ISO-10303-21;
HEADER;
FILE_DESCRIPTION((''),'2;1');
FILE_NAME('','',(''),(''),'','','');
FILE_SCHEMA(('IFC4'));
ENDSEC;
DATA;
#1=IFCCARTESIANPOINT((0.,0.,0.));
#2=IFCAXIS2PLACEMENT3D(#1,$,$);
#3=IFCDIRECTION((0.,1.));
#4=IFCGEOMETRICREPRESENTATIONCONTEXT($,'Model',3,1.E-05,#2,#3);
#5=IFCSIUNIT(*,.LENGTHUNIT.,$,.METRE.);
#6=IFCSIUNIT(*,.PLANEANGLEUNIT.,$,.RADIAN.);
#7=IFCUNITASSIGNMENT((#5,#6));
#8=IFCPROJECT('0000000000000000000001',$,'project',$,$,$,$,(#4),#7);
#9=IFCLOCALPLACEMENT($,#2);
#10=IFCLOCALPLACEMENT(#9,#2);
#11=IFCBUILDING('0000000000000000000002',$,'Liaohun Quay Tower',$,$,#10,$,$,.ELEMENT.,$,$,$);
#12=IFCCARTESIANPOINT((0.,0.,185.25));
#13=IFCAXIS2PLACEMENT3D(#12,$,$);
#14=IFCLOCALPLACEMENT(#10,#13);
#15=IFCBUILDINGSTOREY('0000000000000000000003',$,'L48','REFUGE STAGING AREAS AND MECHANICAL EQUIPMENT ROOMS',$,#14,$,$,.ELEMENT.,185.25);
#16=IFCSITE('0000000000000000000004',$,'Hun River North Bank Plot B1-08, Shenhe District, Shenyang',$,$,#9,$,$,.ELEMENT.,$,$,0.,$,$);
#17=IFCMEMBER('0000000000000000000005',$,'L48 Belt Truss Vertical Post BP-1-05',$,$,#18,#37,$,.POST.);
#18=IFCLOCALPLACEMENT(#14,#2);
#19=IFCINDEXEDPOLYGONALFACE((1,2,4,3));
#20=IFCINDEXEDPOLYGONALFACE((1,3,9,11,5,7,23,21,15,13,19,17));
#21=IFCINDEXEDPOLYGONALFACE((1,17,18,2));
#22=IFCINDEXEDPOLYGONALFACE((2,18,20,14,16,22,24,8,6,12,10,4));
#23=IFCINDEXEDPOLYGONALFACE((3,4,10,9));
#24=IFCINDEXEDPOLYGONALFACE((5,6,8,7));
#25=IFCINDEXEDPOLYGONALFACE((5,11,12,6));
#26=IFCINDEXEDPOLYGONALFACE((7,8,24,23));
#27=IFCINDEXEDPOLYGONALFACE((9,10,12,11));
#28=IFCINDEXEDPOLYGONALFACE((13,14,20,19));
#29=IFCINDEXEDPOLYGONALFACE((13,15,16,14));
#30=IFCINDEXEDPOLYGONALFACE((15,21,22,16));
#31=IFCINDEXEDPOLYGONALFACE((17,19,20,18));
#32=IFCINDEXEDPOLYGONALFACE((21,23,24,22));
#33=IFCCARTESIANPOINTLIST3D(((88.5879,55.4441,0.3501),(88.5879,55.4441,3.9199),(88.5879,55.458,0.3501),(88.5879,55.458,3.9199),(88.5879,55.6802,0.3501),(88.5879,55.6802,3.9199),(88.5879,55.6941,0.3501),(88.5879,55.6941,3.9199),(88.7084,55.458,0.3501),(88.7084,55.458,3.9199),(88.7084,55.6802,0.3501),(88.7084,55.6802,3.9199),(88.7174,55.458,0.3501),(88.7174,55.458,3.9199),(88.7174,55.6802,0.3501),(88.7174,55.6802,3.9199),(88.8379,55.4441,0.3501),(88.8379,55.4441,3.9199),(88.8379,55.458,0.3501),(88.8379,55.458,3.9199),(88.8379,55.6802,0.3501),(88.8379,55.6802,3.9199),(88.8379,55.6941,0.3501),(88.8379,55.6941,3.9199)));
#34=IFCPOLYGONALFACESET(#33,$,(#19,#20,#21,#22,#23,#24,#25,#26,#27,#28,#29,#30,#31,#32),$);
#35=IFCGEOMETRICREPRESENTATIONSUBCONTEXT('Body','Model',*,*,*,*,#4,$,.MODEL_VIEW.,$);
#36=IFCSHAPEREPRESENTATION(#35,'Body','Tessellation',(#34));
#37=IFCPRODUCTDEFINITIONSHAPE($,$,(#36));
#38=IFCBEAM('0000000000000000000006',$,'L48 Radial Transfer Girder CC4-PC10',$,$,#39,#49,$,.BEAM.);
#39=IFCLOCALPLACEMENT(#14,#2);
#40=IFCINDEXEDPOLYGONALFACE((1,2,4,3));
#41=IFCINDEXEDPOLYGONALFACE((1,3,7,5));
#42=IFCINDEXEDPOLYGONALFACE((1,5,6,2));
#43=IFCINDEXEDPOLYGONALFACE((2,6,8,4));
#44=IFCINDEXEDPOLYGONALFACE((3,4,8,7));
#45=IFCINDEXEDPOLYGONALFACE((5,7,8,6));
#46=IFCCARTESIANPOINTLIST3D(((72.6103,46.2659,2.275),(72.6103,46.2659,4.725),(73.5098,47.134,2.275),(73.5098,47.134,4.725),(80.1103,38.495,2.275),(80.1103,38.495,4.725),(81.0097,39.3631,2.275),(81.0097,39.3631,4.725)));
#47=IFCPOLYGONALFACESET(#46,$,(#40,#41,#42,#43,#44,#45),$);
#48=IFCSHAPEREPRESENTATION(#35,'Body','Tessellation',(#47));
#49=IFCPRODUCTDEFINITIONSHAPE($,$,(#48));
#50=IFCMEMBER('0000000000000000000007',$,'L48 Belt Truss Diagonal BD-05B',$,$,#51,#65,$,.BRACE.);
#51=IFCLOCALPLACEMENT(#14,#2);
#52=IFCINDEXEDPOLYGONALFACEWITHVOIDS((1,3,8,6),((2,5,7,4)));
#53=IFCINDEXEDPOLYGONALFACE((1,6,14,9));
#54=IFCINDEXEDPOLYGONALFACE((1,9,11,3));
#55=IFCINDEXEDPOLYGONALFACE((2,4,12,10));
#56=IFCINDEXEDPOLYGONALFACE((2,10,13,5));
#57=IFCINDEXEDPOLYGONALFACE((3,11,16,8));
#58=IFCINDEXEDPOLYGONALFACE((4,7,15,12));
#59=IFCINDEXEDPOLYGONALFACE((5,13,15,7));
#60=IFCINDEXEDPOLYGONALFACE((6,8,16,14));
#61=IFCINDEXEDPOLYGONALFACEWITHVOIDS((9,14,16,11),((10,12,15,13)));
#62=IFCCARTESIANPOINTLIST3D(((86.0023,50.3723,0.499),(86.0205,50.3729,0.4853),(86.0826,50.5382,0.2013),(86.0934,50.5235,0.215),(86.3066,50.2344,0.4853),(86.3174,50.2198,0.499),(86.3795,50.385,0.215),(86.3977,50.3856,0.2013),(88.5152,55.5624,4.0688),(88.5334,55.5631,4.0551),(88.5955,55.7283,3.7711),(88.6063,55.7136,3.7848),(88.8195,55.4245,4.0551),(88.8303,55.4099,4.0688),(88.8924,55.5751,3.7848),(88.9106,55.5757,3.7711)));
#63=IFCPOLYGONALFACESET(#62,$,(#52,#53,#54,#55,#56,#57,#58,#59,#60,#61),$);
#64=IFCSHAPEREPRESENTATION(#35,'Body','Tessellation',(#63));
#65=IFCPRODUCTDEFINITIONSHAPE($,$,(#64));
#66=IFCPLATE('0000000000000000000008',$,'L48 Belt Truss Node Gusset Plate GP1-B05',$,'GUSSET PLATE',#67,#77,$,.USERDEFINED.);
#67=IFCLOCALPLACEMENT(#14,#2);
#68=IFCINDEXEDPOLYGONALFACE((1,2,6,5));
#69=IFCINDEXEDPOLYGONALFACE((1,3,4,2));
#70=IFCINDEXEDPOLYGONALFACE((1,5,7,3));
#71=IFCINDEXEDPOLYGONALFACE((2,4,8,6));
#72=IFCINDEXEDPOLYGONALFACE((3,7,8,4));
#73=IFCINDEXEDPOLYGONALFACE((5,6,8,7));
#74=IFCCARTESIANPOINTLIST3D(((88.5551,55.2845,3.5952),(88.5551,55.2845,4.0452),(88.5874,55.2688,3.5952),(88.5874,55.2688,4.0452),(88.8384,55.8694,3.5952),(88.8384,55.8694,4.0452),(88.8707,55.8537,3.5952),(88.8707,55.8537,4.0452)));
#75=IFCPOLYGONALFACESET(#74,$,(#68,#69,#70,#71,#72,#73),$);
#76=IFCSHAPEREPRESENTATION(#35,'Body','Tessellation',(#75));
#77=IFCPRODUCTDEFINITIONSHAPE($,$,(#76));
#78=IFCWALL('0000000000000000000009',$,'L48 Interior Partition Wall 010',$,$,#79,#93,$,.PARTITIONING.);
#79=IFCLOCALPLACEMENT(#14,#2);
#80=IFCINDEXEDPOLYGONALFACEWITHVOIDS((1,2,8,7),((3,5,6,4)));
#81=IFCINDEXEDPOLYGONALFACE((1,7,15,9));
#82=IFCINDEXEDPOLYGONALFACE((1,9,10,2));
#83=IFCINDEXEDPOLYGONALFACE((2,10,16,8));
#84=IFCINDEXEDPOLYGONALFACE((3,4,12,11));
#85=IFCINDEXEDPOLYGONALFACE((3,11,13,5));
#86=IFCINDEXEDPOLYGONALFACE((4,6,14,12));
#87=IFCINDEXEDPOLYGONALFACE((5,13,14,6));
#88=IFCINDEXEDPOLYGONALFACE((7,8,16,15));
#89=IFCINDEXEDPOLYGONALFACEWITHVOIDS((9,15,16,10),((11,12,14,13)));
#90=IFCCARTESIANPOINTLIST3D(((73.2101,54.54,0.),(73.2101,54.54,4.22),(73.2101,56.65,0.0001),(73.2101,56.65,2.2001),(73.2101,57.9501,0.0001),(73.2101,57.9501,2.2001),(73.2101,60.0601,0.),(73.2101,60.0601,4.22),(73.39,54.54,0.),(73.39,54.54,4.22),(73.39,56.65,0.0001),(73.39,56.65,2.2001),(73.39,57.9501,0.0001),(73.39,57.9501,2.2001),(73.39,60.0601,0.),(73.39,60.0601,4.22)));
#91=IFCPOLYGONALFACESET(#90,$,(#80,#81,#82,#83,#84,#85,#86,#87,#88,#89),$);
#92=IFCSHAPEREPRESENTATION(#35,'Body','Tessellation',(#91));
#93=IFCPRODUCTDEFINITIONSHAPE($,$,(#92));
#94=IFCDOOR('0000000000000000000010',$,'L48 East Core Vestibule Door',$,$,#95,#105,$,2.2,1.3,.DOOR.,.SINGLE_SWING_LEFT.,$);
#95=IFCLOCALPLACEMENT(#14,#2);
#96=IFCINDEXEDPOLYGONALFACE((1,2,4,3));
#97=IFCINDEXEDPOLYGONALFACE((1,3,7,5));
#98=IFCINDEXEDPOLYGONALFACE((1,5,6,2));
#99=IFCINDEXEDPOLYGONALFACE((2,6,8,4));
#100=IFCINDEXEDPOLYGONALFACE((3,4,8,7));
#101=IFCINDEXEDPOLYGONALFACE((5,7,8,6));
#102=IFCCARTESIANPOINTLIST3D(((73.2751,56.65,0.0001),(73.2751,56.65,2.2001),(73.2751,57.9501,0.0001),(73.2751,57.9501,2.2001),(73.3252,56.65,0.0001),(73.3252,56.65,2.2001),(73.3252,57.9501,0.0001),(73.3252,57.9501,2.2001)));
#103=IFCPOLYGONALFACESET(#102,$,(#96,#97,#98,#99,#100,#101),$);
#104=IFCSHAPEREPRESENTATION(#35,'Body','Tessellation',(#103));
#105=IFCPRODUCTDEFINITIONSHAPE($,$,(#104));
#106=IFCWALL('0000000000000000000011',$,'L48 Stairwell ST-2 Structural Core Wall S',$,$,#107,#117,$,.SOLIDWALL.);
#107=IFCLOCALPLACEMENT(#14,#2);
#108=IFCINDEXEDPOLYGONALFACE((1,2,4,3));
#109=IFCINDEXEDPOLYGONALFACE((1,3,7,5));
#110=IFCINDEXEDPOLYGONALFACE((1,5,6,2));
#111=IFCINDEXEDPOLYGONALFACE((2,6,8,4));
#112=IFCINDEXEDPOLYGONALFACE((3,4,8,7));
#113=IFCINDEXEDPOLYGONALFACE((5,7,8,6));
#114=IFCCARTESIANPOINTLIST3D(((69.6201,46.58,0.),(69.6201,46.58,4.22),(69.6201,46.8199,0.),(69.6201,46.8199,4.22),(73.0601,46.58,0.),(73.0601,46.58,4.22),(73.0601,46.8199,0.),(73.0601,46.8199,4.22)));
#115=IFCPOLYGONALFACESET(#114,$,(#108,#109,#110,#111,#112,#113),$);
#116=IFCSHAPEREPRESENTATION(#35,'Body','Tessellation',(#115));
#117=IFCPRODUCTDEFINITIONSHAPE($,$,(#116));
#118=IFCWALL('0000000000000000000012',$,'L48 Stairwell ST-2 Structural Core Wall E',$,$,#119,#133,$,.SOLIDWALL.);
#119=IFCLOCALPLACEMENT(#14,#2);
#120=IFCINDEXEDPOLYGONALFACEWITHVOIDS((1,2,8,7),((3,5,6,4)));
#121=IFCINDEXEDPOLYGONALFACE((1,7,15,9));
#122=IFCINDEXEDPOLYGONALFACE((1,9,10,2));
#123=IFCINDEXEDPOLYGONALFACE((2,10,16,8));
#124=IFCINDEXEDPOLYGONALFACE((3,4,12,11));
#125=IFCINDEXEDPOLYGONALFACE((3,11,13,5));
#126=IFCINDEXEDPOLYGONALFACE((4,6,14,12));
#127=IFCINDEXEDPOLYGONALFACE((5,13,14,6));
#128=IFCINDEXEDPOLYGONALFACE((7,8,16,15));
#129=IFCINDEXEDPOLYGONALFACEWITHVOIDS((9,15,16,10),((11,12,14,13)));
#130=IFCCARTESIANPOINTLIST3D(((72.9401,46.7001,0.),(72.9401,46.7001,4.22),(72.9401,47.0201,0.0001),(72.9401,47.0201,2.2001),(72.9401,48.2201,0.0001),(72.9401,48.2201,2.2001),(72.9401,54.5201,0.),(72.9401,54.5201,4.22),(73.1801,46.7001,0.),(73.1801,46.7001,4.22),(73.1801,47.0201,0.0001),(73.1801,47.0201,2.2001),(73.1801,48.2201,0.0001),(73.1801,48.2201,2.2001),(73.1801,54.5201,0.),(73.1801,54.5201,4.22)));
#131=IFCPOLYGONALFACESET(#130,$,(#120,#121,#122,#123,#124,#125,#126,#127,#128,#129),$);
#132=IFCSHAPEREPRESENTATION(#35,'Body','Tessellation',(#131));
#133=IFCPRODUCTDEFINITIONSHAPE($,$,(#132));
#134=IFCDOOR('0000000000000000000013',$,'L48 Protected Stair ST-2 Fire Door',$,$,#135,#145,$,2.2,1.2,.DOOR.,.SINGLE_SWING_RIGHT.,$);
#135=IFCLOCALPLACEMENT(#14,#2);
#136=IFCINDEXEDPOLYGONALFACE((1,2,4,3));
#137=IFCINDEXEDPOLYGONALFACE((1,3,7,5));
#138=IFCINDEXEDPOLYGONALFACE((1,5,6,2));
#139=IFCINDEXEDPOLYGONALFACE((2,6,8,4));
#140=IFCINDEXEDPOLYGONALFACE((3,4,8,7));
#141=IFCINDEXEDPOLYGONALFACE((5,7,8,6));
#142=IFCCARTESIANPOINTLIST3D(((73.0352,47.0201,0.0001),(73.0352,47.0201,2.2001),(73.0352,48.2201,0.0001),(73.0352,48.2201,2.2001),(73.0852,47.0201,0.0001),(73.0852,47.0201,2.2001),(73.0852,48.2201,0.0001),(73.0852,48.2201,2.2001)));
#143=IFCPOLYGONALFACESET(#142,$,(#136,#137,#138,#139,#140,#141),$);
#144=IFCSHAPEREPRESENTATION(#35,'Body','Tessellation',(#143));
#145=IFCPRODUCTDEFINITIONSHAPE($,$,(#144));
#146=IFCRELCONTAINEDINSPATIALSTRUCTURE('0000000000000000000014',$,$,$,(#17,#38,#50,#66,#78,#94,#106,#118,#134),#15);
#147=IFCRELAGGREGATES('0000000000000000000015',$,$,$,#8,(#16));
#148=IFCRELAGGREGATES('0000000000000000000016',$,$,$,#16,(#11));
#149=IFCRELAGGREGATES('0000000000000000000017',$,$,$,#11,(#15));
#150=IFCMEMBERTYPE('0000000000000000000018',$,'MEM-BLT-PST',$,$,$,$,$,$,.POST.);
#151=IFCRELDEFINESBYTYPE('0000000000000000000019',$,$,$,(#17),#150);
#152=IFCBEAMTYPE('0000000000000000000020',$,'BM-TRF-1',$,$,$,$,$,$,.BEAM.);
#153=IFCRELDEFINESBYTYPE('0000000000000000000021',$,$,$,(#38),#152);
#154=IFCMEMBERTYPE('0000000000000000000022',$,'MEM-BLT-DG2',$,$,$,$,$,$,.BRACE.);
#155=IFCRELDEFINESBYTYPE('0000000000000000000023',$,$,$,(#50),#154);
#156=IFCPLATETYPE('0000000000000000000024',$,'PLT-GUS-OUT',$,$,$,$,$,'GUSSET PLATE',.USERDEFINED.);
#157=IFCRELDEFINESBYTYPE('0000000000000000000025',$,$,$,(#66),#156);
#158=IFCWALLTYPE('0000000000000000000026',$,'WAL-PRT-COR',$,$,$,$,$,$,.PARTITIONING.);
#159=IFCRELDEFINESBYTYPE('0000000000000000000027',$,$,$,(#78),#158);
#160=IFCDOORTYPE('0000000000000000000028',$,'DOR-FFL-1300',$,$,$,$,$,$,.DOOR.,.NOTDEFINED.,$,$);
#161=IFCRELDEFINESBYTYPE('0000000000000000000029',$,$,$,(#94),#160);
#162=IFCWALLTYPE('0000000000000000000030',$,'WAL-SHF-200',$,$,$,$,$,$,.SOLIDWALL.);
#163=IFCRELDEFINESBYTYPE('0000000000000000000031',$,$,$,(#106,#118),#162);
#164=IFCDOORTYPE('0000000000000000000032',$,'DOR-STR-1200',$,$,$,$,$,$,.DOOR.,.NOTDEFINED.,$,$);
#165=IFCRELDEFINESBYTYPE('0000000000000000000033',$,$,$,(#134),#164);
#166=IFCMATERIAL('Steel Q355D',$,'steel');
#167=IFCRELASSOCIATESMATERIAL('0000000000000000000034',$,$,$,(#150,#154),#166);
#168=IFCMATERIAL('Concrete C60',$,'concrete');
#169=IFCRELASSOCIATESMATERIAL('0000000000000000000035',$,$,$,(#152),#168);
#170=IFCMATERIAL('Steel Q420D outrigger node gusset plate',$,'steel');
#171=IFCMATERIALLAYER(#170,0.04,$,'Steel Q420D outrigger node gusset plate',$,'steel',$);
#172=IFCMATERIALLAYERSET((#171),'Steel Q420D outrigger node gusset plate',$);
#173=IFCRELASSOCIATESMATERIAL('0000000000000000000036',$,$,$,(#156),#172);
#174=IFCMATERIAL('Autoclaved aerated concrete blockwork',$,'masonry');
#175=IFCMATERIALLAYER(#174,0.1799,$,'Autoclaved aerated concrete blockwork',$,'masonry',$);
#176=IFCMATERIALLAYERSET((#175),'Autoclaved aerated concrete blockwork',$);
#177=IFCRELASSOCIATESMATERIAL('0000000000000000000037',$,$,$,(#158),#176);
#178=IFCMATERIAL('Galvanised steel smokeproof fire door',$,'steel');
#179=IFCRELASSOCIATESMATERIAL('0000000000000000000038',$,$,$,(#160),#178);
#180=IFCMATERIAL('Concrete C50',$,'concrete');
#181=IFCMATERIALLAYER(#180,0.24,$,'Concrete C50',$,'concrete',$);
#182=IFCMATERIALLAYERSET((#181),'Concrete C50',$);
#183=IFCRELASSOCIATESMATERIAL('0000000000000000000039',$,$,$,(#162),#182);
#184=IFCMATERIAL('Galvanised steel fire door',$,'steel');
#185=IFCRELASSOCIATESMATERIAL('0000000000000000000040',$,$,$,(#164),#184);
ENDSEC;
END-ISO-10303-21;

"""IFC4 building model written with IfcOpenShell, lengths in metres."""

from ifc_helpers import new_model, si_unit, direction, frame, frame_2d, origin, origin_2d, place, context, subcontext, project, spatial, rectangle, hollow_rectangle, i_section, extrude, source, transform, mapped, material, layer, layer_set, material_profile, profile_set, type_object, element, fill, save


model = new_model("IFC4")

# Units and contexts
model_context = context("Model", 3, precision=1e-05, world=origin(), true_north=direction((0.0, 1.0)))
body_context = subcontext(model_context, "Body", "Model", "MODEL_VIEW")
ifc_project = project(units=[si_unit("LENGTHUNIT", "METRE"), si_unit("PLANEANGLEUNIT", "RADIAN")], contexts=[model_context])

# Site, building, storey
site_placement = place(None, origin())
site = spatial("IfcSite", under=ifc_project, at=site_placement, Name="Hun River North Bank Plot B1-08, Shenhe District, Shenyang", CompositionType="ELEMENT", RefElevation=0.0)
building_placement = place(site_placement, origin())
building = spatial("IfcBuilding", under=site, at=building_placement, Name="Liaohun Quay Tower", CompositionType="ELEMENT")
storey_placement = place(building_placement, frame((0.0, 0.0, 185.25)))
storey = spatial("IfcBuildingStorey", under=building, at=storey_placement, Name="L48", Description="REFUGE STAGING AREAS AND MECHANICAL EQUIPMENT ROOMS", CompositionType="ELEMENT", Elevation=185.25)

# Member
ifc_material_1 = material(Name="Steel Q355D", Category="steel")
ifc_material_profile_1 = material_profile(ifc_material_1, i_section(OverallWidth=0.25, OverallDepth=0.25, WebThickness=0.009, FlangeThickness=0.0139, at=origin_2d()), Name="HW250x250x9x14")
ifc_profile_set_1 = profile_set([ifc_material_profile_1], Name="Steel Q355D")
member_type_1 = type_object("IfcMemberType", Name="MEM-BLT-PST", PredefinedType="POST", material=ifc_profile_set_1)
shared_shape_1 = source(origin(), body_context, "Body", "SweptSolid", [
    extrude(i_section(OverallWidth=0.25, OverallDepth=0.25, WebThickness=0.009, FlangeThickness=0.0139, at=origin_2d()), origin(), (0.0, 0.0, 1.0), 3.5698),
])
member_1_placement = place(storey_placement, frame((88.7129, 55.5691, 0.3501), z_axis=(0.0, 0.0, 1.0), x_axis=(1.0, 0.0, 0.0)))
element("IfcMember", 1, at=member_1_placement, inside=storey, type_object=member_type_1, Name="L48 Belt Truss Vertical Post BP-1-05", PredefinedType="POST", context=body_context, shape_type="MappedRepresentation", body=[
    mapped(shared_shape_1, transform((0.0, 0.0, 0.0), x_axis=(1.0, 0.0, 0.0), y_axis=(0.0, 1.0, 0.0), z_axis=(0.0, 0.0, 1.0), scale=1.0)),
])

# Beam
ifc_material_2 = material(Name="Concrete C60", Category="concrete")
ifc_material_profile_2 = material_profile(ifc_material_2, rectangle(XDim=1.25, YDim=2.45, at=origin_2d()), Name="RC1250x2450")
ifc_profile_set_2 = profile_set([ifc_material_profile_2], Name="Concrete C60")
beam_type = type_object("IfcBeamType", Name="BM-TRF-1", PredefinedType="BEAM", material=ifc_profile_set_2)
shared_shape_2 = source(origin(), body_context, "Body", "SweptSolid", [
    extrude(rectangle(XDim=1.25, YDim=2.45, at=origin_2d()), origin(), (0.0, 0.0, 1.0), 10.7998),
])
beam_placement = place(storey_placement, frame((73.0601, 46.7, 3.5), z_axis=(0.694449, -0.719542, 0.0), x_axis=(0.719542, 0.694449, 0.0)))
element("IfcBeam", 2, at=beam_placement, inside=storey, type_object=beam_type, Name="L48 Radial Transfer Girder CC4-PC10", PredefinedType="BEAM", context=body_context, shape_type="MappedRepresentation", body=[
    mapped(shared_shape_2, transform((0.0, 0.0, 0.0), x_axis=(1.0, 0.0, 0.0), y_axis=(0.0, 1.0, 0.0), z_axis=(0.0, 0.0, 1.0), scale=1.0)),
])

# Member
ifc_material_profile_3 = material_profile(ifc_material_1, hollow_rectangle(XDim=0.3501, YDim=0.3501, WallThickness=0.0161, at=origin_2d()), Name="SHS350x350x16")
ifc_profile_set_3 = profile_set([ifc_material_profile_3], Name="Steel Q355D")
member_type_2 = type_object("IfcMemberType", Name="MEM-BLT-DG2", PredefinedType="BRACE", material=ifc_profile_set_3)
shared_shape_3 = source(origin(), body_context, "Body", "SweptSolid", [
    extrude(hollow_rectangle(XDim=0.3501, YDim=0.3501, WallThickness=0.0161, at=origin_2d()), origin(), (0.0, 0.0, 1.0), 6.782),
])
member_2_placement = place(storey_placement, frame((88.7129, 55.5691, 3.9199), z_axis=(-0.370527, -0.76528, -0.526362), x_axis=(0.900053, -0.43578, 0.0)))
element("IfcMember", 3, at=member_2_placement, inside=storey, type_object=member_type_2, Name="L48 Belt Truss Diagonal BD-05B", PredefinedType="BRACE", context=body_context, shape_type="MappedRepresentation", body=[
    mapped(shared_shape_3, transform((0.0, 0.0, 0.0), x_axis=(1.0, 0.0, 0.0), y_axis=(0.0, 1.0, 0.0), z_axis=(0.0, 0.0, 1.0), scale=1.0)),
])

# Plate
ifc_material_3 = material(Name="Steel Q420D outrigger node gusset plate", Category="steel")
ifc_layer_1 = layer(ifc_material_3, 0.04, Name="Steel Q420D outrigger node gusset plate", Category="steel")
ifc_layer_set_1 = layer_set([ifc_layer_1], Name="Steel Q420D outrigger node gusset plate")
plate_type = type_object("IfcPlateType", Name="PLT-GUS-OUT", ElementType="GUSSET PLATE", PredefinedType="USERDEFINED", material=ifc_layer_set_1)
shared_shape_4 = source(origin(), body_context, "Body", "SweptSolid", [
    extrude(rectangle(XDim=0.6499, YDim=0.0359, at=origin_2d()), origin(), (0.0, 0.0, 1.0), 0.45),
])
plate_placement = place(storey_placement, frame((88.7129, 55.5691, 3.5952), z_axis=(0.0, 0.0, 1.0), x_axis=(-0.43586, -0.900015, 0.0)))
element("IfcPlate", 4, at=plate_placement, inside=storey, type_object=plate_type, Name="L48 Belt Truss Node Gusset Plate GP1-B05", ObjectType="GUSSET PLATE", PredefinedType="USERDEFINED", context=body_context, shape_type="MappedRepresentation", body=[
    mapped(shared_shape_4, transform((0.0, 0.0, 0.0), x_axis=(1.0, 0.0, 0.0), y_axis=(0.0, 1.0, 0.0), z_axis=(0.0, 0.0, 1.0), scale=1.0)),
])

# Wall, opening, door
ifc_material_4 = material(Name="Autoclaved aerated concrete blockwork", Category="masonry")
ifc_layer_2 = layer(ifc_material_4, 0.1799, Name="Autoclaved aerated concrete blockwork", Category="masonry")
ifc_layer_set_2 = layer_set([ifc_layer_2], Name="Autoclaved aerated concrete blockwork")
wall_type_1 = type_object("IfcWallType", Name="WAL-PRT-COR", PredefinedType="PARTITIONING", material=ifc_layer_set_2)
wall_1_placement = place(storey_placement, frame((73.3, 54.54, 0.0), z_axis=(0.0, 0.0, 1.0), x_axis=(0.0, 1.0, 0.0)))
wall_1 = element("IfcWall", 5, at=wall_1_placement, inside=storey, type_object=wall_type_1, Name="L48 Interior Partition Wall 010", PredefinedType="PARTITIONING", context=body_context, shape_type="SweptSolid", body=[
    extrude(rectangle(XDim=5.52, YDim=0.1799, at=frame_2d((2.76, 0.0))), origin(), (0.0, 0.0, 1.0), 4.22),
])
shared_shape_5 = source(origin(), body_context, "Body", "SweptSolid", [
    extrude(rectangle(XDim=1.3, YDim=2.2, at=frame_2d((0.6499, 1.1001))), frame((0.0, 0.0999, 0.0), z_axis=(0.0, -1.0, 0.0), x_axis=(1.0, 0.0, 0.0)), (0.0, 0.0, 1.0), 0.2),
])
opening_1_placement = place(wall_1_placement, frame((2.1101, 0.0, 0.0)))
opening_1 = element("IfcOpeningElement", 6, at=opening_1_placement, cuts=wall_1, PredefinedType="OPENING", context=body_context, shape_type="MappedRepresentation", body=[
    mapped(shared_shape_5, transform((0.0, 0.0, 0.0), x_axis=(1.0, 0.0, 0.0), y_axis=(0.0, 1.0, 0.0), z_axis=(0.0, 0.0, 1.0), scale=1.0)),
])
ifc_material_5 = material(Name="Galvanised steel smokeproof fire door", Category="steel")
door_type_1 = type_object("IfcDoorType", Name="DOR-FFL-1300", OperationType="NOTDEFINED", PredefinedType="DOOR", material=ifc_material_5)
shared_shape_6 = source(origin(), body_context, "Body", "SweptSolid", [
    extrude(rectangle(XDim=1.3, YDim=2.2, at=frame_2d((0.6499, 1.1001))), frame((0.0, 0.0249, 0.0), z_axis=(0.0, -1.0, 0.0), x_axis=(1.0, 0.0, 0.0)), (0.0, 0.0, 1.0), 0.05),
])
door_1_placement = place(opening_1_placement, origin())
door_1 = element("IfcDoor", 7, at=door_1_placement, inside=storey, type_object=door_type_1, Name="L48 East Core Vestibule Door", OperationType="SINGLE_SWING_LEFT", OverallHeight=2.2, OverallWidth=1.3, PredefinedType="DOOR", context=body_context, shape_type="MappedRepresentation", body=[
    mapped(shared_shape_6, transform((0.0, 0.0, 0.0), x_axis=(1.0, 0.0, 0.0), y_axis=(0.0, 1.0, 0.0), z_axis=(0.0, 0.0, 1.0), scale=1.0)),
])
fill(opening_1, door_1)

# Wall
ifc_material_6 = material(Name="Concrete C50", Category="concrete")
ifc_layer_3 = layer(ifc_material_6, 0.24, Name="Concrete C50", Category="concrete")
ifc_layer_set_3 = layer_set([ifc_layer_3], Name="Concrete C50")
wall_type_2 = type_object("IfcWallType", Name="WAL-SHF-200", PredefinedType="SOLIDWALL", material=ifc_layer_set_3)
wall_2_placement = place(storey_placement, frame((69.6201, 46.7, 0.0), z_axis=(0.0, 0.0, 1.0), x_axis=(1.0, 0.0, 0.0)))
element("IfcWall", 8, at=wall_2_placement, inside=storey, type_object=wall_type_2, Name="L48 Stairwell ST-2 Structural Core Wall S", PredefinedType="SOLIDWALL", context=body_context, shape_type="SweptSolid", body=[
    extrude(rectangle(XDim=3.4399, YDim=0.24, at=frame_2d((1.72, 0.0))), origin(), (0.0, 0.0, 1.0), 4.22),
])

# Wall, opening, door
wall_3_placement = place(storey_placement, frame((73.0601, 46.7, 0.0), z_axis=(0.0, 0.0, 1.0), x_axis=(0.0, 1.0, 0.0)))
wall_3 = element("IfcWall", 9, at=wall_3_placement, inside=storey, type_object=wall_type_2, Name="L48 Stairwell ST-2 Structural Core Wall E", PredefinedType="SOLIDWALL", context=body_context, shape_type="SweptSolid", body=[
    extrude(rectangle(XDim=7.8201, YDim=0.24, at=frame_2d((3.9102, 0.0))), origin(), (0.0, 0.0, 1.0), 4.22),
])
shared_shape_7 = source(origin(), body_context, "Body", "SweptSolid", [
    extrude(rectangle(XDim=1.2, YDim=2.2, at=frame_2d((0.6001, 1.1001))), frame((0.0, 0.1299, 0.0), z_axis=(0.0, -1.0, 0.0), x_axis=(1.0, 0.0, 0.0)), (0.0, 0.0, 1.0), 0.26),
])
opening_2_placement = place(wall_3_placement, frame((0.3201, 0.0, 0.0)))
opening_2 = element("IfcOpeningElement", 10, at=opening_2_placement, cuts=wall_3, PredefinedType="OPENING", context=body_context, shape_type="MappedRepresentation", body=[
    mapped(shared_shape_7, transform((0.0, 0.0, 0.0), x_axis=(1.0, 0.0, 0.0), y_axis=(0.0, 1.0, 0.0), z_axis=(0.0, 0.0, 1.0), scale=1.0)),
])
ifc_material_7 = material(Name="Galvanised steel fire door", Category="steel")
door_type_2 = type_object("IfcDoorType", Name="DOR-STR-1200", OperationType="NOTDEFINED", PredefinedType="DOOR", material=ifc_material_7)
shared_shape_8 = source(origin(), body_context, "Body", "SweptSolid", [
    extrude(rectangle(XDim=1.2, YDim=2.2, at=frame_2d((0.6001, 1.1001))), frame((0.0, 0.0249, 0.0), z_axis=(0.0, -1.0, 0.0), x_axis=(1.0, 0.0, 0.0)), (0.0, 0.0, 1.0), 0.05),
])
door_2_placement = place(opening_2_placement, origin())
door_2 = element("IfcDoor", 11, at=door_2_placement, inside=storey, type_object=door_type_2, Name="L48 Protected Stair ST-2 Fire Door", OperationType="SINGLE_SWING_RIGHT", OverallHeight=2.2, OverallWidth=1.2, PredefinedType="DOOR", context=body_context, shape_type="MappedRepresentation", body=[
    mapped(shared_shape_8, transform((0.0, 0.0, 0.0), x_axis=(1.0, 0.0, 0.0), y_axis=(0.0, 1.0, 0.0), z_axis=(0.0, 0.0, 1.0), scale=1.0)),
])
fill(opening_2, door_2)

save(model, "model.ifc")
